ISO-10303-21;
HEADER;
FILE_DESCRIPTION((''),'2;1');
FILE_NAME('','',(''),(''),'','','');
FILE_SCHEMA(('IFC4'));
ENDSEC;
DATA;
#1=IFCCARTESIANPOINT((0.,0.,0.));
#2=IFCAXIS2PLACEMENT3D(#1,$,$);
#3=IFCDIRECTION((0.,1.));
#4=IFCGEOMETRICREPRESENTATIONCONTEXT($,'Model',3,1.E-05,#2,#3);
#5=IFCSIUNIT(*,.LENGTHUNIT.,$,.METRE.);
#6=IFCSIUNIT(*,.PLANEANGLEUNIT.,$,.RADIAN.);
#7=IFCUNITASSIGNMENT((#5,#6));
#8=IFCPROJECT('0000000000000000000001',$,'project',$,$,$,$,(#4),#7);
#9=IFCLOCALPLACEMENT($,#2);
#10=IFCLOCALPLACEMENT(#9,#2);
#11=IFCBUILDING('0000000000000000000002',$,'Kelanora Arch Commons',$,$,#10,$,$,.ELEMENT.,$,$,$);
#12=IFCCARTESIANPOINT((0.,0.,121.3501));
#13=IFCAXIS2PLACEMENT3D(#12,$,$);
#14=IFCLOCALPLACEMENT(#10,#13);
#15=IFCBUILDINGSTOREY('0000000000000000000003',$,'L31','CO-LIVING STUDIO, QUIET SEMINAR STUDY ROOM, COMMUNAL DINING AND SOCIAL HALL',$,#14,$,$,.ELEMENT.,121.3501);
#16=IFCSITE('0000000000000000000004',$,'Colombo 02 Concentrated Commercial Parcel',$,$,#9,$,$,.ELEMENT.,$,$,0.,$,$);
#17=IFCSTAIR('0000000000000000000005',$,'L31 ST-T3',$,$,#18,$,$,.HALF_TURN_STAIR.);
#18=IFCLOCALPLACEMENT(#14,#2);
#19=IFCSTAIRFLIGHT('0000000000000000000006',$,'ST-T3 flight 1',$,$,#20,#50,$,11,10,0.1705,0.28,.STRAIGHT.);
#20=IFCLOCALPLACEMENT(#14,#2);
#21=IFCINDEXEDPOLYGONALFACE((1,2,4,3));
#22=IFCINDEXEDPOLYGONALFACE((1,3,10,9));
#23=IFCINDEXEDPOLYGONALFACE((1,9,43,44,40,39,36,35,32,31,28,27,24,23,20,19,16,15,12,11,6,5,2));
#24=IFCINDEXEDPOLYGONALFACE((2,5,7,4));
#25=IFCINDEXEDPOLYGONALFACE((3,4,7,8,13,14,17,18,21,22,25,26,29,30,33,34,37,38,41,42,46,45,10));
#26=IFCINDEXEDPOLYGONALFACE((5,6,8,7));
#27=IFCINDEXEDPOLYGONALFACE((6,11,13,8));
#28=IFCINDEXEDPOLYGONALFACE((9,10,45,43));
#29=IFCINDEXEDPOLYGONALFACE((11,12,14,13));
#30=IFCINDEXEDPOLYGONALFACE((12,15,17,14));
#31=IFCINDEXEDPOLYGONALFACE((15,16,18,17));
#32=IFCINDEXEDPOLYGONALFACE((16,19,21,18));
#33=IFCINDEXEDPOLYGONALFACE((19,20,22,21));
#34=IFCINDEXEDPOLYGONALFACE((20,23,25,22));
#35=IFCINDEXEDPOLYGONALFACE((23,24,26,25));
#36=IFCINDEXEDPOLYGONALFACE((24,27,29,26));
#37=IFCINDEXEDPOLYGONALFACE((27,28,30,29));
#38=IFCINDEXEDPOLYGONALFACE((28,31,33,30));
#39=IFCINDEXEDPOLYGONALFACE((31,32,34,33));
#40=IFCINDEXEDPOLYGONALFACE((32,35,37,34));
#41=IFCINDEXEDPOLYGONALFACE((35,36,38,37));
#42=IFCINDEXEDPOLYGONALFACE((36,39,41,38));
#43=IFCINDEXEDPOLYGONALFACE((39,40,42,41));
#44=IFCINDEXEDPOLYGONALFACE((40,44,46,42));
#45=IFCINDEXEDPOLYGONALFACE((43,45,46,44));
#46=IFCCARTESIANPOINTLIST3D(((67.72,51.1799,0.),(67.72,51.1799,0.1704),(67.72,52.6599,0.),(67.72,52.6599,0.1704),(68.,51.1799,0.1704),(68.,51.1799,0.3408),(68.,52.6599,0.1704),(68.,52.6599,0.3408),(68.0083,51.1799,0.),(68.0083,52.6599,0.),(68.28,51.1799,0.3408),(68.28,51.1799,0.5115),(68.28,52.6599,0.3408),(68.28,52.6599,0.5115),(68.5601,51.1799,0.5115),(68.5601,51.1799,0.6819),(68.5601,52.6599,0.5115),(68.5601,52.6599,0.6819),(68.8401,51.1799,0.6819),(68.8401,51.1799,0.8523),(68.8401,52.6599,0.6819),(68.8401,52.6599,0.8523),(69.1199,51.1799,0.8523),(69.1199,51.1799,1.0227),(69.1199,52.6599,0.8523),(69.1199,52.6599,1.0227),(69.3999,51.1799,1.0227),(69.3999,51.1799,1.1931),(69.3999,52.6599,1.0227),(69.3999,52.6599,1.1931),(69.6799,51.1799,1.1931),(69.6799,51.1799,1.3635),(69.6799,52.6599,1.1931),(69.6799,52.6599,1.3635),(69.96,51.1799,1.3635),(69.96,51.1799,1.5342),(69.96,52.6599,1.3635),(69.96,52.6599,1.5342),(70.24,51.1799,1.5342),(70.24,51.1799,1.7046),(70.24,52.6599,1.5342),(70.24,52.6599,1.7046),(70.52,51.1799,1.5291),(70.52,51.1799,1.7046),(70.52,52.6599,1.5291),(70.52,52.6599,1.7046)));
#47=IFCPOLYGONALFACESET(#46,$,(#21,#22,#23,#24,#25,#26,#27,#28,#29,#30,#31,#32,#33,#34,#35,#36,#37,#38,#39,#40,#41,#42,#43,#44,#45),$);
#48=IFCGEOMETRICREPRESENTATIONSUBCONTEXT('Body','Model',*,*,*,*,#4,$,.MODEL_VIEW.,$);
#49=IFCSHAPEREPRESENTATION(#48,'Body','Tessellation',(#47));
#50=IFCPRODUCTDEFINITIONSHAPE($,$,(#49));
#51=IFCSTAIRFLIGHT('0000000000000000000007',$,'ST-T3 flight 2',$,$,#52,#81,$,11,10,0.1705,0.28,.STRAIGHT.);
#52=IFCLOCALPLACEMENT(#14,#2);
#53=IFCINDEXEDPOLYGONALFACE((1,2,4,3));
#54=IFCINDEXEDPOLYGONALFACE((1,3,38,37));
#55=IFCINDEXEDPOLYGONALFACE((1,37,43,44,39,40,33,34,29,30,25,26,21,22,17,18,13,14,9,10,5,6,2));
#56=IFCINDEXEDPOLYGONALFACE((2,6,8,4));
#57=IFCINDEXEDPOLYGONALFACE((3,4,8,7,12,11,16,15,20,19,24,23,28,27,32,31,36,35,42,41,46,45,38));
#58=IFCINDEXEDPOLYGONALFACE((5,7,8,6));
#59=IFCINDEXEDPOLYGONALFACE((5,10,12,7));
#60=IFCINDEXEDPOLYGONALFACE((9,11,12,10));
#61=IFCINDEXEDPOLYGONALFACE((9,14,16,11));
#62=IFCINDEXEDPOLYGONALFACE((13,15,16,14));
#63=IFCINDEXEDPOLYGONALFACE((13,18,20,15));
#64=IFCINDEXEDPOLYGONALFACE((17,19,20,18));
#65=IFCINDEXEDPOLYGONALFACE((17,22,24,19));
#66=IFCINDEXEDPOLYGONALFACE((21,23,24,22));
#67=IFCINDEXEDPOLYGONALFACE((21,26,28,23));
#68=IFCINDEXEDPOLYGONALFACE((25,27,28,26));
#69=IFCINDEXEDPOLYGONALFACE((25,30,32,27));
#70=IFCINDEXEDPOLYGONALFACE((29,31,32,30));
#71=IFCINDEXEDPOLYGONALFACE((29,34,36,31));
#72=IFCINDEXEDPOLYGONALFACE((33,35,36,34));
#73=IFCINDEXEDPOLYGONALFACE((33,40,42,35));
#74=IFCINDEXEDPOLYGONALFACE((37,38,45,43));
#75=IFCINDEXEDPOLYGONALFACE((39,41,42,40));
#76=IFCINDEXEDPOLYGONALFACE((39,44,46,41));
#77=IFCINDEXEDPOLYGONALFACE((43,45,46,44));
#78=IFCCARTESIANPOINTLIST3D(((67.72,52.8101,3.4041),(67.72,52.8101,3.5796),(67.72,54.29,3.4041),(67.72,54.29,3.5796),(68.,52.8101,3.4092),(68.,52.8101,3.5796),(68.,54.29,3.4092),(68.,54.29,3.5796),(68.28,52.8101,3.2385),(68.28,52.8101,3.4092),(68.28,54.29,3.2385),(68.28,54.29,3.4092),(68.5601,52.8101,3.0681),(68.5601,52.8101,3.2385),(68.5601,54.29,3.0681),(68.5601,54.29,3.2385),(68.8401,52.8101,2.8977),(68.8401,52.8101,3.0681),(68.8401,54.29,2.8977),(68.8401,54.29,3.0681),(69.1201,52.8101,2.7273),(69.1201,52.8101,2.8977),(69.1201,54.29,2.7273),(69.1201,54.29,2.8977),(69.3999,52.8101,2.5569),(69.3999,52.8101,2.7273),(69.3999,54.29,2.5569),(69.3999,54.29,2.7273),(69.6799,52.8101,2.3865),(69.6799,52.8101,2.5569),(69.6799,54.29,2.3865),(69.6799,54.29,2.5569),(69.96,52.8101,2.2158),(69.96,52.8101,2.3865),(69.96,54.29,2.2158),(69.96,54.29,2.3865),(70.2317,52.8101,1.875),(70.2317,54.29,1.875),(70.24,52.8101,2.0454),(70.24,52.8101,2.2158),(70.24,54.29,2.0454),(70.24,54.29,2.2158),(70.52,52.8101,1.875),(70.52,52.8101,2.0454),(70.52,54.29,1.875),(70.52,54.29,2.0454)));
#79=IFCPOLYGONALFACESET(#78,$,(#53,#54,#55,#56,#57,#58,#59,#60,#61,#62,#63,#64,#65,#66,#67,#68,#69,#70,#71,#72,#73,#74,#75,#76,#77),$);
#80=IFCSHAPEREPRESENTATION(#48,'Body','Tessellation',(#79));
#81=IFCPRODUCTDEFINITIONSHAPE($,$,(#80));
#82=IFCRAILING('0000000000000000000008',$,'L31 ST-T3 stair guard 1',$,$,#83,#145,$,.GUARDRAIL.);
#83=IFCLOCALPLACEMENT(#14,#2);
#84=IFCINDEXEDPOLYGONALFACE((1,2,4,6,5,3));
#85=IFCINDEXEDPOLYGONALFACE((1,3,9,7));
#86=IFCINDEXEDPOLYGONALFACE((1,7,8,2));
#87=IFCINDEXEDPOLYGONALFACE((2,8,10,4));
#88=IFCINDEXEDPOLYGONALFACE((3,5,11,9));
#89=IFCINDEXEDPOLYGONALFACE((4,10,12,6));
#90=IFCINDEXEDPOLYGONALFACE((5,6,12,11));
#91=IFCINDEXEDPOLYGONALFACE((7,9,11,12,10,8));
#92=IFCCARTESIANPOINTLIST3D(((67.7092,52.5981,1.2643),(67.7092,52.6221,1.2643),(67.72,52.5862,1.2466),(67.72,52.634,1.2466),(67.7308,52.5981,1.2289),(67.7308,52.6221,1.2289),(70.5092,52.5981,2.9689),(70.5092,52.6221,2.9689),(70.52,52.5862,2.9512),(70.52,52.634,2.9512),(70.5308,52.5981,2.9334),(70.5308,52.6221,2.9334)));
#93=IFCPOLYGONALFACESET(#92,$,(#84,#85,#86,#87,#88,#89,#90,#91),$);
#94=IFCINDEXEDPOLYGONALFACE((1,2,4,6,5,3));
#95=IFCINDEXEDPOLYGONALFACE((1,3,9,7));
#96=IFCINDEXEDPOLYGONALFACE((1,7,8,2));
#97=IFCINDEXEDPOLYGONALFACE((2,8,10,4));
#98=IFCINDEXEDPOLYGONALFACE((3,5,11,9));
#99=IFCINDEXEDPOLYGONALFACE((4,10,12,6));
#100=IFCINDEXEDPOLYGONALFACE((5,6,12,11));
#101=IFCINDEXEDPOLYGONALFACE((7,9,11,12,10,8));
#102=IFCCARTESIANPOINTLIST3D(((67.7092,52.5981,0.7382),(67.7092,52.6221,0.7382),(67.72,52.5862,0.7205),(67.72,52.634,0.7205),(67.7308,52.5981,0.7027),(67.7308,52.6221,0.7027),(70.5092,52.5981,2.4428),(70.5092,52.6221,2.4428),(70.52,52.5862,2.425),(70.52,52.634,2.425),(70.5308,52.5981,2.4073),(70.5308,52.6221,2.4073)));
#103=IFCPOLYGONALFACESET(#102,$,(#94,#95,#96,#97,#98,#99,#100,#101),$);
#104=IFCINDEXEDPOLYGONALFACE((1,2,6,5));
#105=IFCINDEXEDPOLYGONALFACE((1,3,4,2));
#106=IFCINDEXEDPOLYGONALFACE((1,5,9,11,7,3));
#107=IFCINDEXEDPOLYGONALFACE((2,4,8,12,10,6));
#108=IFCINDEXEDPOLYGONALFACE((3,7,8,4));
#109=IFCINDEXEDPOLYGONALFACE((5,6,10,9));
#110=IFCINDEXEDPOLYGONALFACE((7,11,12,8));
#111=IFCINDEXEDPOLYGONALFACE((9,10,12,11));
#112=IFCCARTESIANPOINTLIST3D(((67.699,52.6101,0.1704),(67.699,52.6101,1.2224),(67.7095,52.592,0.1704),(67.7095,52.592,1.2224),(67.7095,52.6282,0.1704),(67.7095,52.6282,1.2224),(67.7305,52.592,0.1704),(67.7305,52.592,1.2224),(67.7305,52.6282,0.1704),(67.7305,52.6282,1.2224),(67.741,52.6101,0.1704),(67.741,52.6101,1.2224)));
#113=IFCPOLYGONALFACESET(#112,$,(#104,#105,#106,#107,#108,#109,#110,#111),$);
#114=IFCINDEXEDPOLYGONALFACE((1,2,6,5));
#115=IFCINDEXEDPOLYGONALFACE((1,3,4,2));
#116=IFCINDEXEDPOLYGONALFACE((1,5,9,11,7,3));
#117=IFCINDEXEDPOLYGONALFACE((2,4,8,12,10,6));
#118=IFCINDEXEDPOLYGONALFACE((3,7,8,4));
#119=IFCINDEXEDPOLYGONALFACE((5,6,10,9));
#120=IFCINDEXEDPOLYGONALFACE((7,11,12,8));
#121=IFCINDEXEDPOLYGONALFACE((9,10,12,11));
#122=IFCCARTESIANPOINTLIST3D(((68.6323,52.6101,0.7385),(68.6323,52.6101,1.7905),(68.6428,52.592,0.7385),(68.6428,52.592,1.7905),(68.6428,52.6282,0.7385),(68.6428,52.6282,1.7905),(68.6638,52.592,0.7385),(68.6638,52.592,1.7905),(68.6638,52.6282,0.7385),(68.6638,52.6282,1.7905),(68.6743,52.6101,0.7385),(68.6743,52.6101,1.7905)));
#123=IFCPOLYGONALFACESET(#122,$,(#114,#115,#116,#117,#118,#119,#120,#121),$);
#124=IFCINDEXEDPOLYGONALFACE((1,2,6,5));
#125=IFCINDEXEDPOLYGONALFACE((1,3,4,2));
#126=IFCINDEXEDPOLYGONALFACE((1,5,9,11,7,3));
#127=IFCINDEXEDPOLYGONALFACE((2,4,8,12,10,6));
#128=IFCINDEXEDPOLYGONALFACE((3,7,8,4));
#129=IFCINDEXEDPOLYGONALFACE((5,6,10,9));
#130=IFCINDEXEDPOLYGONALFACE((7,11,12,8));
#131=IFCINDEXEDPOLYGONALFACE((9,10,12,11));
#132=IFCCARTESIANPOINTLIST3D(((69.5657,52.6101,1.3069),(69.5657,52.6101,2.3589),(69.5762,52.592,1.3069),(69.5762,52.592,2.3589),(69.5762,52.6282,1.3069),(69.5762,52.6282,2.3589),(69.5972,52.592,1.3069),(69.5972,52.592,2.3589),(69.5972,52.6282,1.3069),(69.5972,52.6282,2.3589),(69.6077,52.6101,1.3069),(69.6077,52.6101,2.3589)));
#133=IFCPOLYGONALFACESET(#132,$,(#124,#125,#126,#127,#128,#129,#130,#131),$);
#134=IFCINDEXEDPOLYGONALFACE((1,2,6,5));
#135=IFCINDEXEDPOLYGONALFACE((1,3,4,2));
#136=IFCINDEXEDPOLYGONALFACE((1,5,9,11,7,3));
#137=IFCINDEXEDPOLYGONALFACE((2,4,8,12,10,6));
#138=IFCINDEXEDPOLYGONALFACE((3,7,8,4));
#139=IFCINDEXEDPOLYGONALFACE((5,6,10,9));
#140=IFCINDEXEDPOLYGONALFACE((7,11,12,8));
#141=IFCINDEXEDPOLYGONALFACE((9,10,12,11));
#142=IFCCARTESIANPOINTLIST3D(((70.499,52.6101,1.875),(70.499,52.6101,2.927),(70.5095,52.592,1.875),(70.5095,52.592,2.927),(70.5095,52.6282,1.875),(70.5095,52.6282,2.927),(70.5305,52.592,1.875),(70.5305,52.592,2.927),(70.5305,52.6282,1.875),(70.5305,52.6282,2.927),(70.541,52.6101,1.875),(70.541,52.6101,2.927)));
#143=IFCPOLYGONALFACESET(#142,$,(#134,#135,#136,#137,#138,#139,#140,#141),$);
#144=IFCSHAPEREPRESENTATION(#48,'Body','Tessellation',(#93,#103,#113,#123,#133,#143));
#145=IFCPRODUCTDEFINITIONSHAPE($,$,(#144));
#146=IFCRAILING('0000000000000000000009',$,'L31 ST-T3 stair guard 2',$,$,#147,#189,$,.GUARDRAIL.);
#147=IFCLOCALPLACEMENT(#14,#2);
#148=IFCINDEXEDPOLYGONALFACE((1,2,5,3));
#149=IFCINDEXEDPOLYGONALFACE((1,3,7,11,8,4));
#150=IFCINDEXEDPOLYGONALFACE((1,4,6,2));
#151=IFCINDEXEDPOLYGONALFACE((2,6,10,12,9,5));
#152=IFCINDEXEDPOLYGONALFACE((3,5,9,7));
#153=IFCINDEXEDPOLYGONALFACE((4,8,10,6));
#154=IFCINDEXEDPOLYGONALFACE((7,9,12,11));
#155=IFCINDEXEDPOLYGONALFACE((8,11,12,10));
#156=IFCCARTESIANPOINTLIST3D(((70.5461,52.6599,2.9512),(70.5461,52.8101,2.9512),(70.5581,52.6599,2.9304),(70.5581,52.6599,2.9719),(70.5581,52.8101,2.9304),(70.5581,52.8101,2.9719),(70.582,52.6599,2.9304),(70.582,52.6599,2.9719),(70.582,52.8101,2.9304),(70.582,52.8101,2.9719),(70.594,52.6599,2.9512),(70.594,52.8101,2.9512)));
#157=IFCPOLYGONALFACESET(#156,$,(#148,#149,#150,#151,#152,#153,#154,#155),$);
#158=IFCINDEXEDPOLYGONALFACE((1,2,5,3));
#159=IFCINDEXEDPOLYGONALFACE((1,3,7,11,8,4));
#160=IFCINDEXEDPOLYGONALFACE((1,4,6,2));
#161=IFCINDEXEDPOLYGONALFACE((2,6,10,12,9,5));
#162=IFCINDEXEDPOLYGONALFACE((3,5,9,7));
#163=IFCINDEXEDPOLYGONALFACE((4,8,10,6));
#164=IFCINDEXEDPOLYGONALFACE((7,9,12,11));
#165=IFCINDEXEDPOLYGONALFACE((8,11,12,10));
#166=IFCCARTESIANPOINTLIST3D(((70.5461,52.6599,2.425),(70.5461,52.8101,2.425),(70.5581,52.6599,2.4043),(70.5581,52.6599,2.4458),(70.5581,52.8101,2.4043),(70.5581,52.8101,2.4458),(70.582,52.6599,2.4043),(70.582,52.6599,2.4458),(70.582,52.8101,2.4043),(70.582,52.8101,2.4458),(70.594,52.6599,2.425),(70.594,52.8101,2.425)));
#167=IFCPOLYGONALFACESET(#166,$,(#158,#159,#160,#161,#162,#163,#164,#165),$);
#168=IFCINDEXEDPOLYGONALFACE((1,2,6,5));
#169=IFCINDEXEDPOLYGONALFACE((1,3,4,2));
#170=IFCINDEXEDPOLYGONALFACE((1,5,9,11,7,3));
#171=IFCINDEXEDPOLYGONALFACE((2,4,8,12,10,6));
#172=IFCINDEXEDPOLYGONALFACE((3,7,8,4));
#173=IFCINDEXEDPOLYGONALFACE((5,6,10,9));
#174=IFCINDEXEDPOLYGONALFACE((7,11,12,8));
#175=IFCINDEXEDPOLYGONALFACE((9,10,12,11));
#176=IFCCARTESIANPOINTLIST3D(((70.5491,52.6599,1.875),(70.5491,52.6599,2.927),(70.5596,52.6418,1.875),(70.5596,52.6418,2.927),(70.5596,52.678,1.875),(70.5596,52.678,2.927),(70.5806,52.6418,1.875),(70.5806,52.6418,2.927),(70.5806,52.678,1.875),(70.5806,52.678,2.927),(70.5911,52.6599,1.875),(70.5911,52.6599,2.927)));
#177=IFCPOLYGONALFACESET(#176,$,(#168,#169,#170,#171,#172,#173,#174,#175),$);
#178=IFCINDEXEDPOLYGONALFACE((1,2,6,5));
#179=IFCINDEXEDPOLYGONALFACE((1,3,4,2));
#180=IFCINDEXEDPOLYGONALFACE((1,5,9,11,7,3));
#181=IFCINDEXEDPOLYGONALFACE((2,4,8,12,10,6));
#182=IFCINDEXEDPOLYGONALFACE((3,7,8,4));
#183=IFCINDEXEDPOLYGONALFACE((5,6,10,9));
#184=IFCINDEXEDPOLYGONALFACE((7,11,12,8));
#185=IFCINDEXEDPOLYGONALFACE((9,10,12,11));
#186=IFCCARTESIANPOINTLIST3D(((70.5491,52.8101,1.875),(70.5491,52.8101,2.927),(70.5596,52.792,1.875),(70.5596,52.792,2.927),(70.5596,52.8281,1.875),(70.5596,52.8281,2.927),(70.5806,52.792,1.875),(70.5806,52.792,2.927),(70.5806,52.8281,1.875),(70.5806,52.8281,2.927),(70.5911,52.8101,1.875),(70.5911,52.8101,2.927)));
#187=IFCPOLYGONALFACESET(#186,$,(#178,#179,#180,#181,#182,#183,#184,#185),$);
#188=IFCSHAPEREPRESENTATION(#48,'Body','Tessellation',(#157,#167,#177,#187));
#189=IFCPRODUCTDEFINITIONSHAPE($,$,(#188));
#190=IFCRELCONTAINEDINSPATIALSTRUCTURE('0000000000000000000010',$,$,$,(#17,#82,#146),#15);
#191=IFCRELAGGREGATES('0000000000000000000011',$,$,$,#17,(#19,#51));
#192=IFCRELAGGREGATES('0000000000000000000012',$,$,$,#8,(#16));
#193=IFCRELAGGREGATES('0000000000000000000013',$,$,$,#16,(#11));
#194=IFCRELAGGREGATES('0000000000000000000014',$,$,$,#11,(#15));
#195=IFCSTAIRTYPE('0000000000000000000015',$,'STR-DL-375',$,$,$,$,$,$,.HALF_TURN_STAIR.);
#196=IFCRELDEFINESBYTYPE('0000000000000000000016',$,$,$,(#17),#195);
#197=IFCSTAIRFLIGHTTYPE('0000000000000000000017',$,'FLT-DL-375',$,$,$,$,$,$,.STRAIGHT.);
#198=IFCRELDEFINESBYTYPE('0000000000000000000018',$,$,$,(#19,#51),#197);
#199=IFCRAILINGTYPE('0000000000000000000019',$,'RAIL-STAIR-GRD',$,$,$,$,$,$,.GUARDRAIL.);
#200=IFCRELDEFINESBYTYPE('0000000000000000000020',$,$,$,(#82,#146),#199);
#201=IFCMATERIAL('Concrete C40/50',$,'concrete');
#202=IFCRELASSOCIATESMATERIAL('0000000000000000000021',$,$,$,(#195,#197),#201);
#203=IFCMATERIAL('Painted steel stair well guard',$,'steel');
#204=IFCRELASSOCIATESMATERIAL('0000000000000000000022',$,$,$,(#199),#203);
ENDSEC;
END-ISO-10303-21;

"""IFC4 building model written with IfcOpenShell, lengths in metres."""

from ifc_helpers import new_model, si_unit, direction, frame, origin, place, context, subcontext, project, spatial, polyline, outline, extrude, material, type_object, element, aggregate, save


model = new_model("IFC4")

# Units and contexts
model_context = context("Model", 3, precision=1e-05, world=origin(), true_north=direction((0.0, 1.0)))
body_context = subcontext(model_context, "Body", "Model", "MODEL_VIEW")
ifc_project = project(units=[si_unit("LENGTHUNIT", "METRE"), si_unit("PLANEANGLEUNIT", "RADIAN")], contexts=[model_context])

# Site, building, storey
site_placement = place(None, origin())
site = spatial("IfcSite", under=ifc_project, at=site_placement, Name="Colombo 02 Concentrated Commercial Parcel", CompositionType="ELEMENT", RefElevation=0.0)
building_placement = place(site_placement, origin())
building = spatial("IfcBuilding", under=site, at=building_placement, Name="Kelanora Arch Commons", CompositionType="ELEMENT")
storey_placement = place(building_placement, frame((0.0, 0.0, 121.3501)))
storey = spatial("IfcBuildingStorey", under=building, at=storey_placement, Name="L31", Description="CO-LIVING STUDIO, QUIET SEMINAR STUDY ROOM, COMMUNAL DINING AND SOCIAL HALL", CompositionType="ELEMENT", Elevation=121.3501)

# Shared definitions
ifc_material_1 = material(Name="Concrete C40/50", Category="concrete")

# Stair, stair flights
stair_type = type_object("IfcStairType", Name="STR-DL-375", PredefinedType="HALF_TURN_STAIR", material=ifc_material_1)
stair_placement = place(storey_placement, origin())
stair = element("IfcStair", 1, at=stair_placement, inside=storey, type_object=stair_type, Name="L31 ST-T3", PredefinedType="HALF_TURN_STAIR")
stair_flight_type = type_object("IfcStairFlightType", Name="FLT-DL-375", PredefinedType="STRAIGHT", material=ifc_material_1)
stair_flight_1_placement = place(storey_placement, frame((67.72, 51.9199, 0.0), z_axis=(0.0, 0.0, 1.0), x_axis=(1.0, 0.0, 0.0)))
stair_flight_1 = element("IfcStairFlight", 2, at=stair_flight_1_placement, type_object=stair_flight_type, Name="ST-T3 flight 1", NumberOfRisers=11, NumberOfTreads=10, PredefinedType="STRAIGHT", RiserHeight=0.1705, TreadLength=0.28, context=body_context, shape_type="SweptSolid", body=[
    extrude(outline(polyline([(0.0, 0.0), (0.0, 0.1704), (0.28, 0.1704), (0.28, 0.3408), (0.5601, 0.3408), (0.5601, 0.5115), (0.8401, 0.5115), (0.8401, 0.6819), (1.1201, 0.6819), (1.1201, 0.8523), (1.3999, 0.8523), (1.3999, 1.0227), (1.6799, 1.0227), (1.6799, 1.1931), (1.96, 1.1931), (1.96, 1.3635), (2.24, 1.3635), (2.24, 1.5342), (2.52, 1.5342), (2.52, 1.7046), (2.8, 1.7046), (2.8, 1.875), (2.8, 1.5291), (0.2883, 0.0), (0.0, 0.0)])), frame((0.0, 0.74, 0.0), z_axis=(0.0, -1.0, 0.0), x_axis=(1.0, 0.0, 0.0)), (0.0, 0.0, 1.0), 1.48),
])
stair_flight_2_placement = place(storey_placement, frame((70.52, 53.55, 1.875), z_axis=(0.0, 0.0, 1.0), x_axis=(-1.0, 0.0, 0.0)))
stair_flight_2 = element("IfcStairFlight", 3, at=stair_flight_2_placement, type_object=stair_flight_type, Name="ST-T3 flight 2", NumberOfRisers=11, NumberOfTreads=10, PredefinedType="STRAIGHT", RiserHeight=0.1705, TreadLength=0.28, context=body_context, shape_type="SweptSolid", body=[
    extrude(outline(polyline([(0.0, 0.0), (0.0, 0.1704), (0.28, 0.1704), (0.28, 0.3408), (0.5601, 0.3408), (0.5601, 0.5115), (0.8401, 0.5115), (0.8401, 0.6819), (1.1201, 0.6819), (1.1201, 0.8523), (1.3999, 0.8523), (1.3999, 1.0227), (1.6799, 1.0227), (1.6799, 1.1931), (1.96, 1.1931), (1.96, 1.3635), (2.24, 1.3635), (2.24, 1.5342), (2.52, 1.5342), (2.52, 1.7046), (2.8, 1.7046), (2.8, 1.875), (2.8, 1.5291), (0.2883, 0.0), (0.0, 0.0)])), frame((0.0, 0.74, 0.0), z_axis=(0.0, -1.0, 0.0), x_axis=(1.0, 0.0, 0.0)), (0.0, 0.0, 1.0), 1.48),
])
aggregate(stair, [stair_flight_1, stair_flight_2])

# Railings
ifc_material_2 = material(Name="Painted steel stair well guard", Category="steel")
railing_type_1 = type_object("IfcRailingType", Name="RAIL-STAIR-GRD", PredefinedType="GUARDRAIL", material=ifc_material_2)
railing_1_placement = place(storey_placement, frame((67.72, 52.6101, 0.1704)))
element("IfcRailing", 4, at=railing_1_placement, inside=storey, type_object=railing_type_1, Name="L31 ST-T3 stair guard 1", PredefinedType="GUARDRAIL", context=body_context, shape_type="SweptSolid", body=[
    extrude(outline(polyline([(0.0239, 0.0), (0.012, 0.0208), (-0.012, 0.0208), (-0.0239, 0.0), (-0.012, -0.0208), (0.012, -0.0208), (0.0239, 0.0)])), frame((0.0, 0.0, 1.0762), z_axis=(0.85417, 0.0, 0.519994), x_axis=(0.0, 1.0, 0.0)), (0.0, 0.0, 1.0), 3.2781),
    extrude(outline(polyline([(0.0239, 0.0), (0.012, 0.0208), (-0.012, 0.0208), (-0.0239, 0.0), (-0.012, -0.0208), (0.012, -0.0208), (0.0239, 0.0)])), frame((0.0, 0.0, 0.55), z_axis=(0.85417, 0.0, 0.519994), x_axis=(0.0, 1.0, 0.0)), (0.0, 0.0, 1.0), 3.2781),
    extrude(outline(polyline([(0.021, 0.0), (0.0105, 0.0181), (-0.0105, 0.0181), (-0.021, 0.0), (-0.0105, -0.0181), (0.0105, -0.0181), (0.021, 0.0)])), origin(), (0.0, 0.0, 1.0), 1.052),
    extrude(outline(polyline([(0.021, 0.0), (0.0105, 0.0181), (-0.0105, 0.0181), (-0.021, 0.0), (-0.0105, -0.0181), (0.0105, -0.0181), (0.021, 0.0)])), frame((0.9333, 0.0, 0.5681)), (0.0, 0.0, 1.0), 1.052),
    extrude(outline(polyline([(0.021, 0.0), (0.0105, 0.0181), (-0.0105, 0.0181), (-0.021, 0.0), (-0.0105, -0.0181), (0.0105, -0.0181), (0.021, 0.0)])), frame((1.8667, 0.0, 1.1365)), (0.0, 0.0, 1.0), 1.052),
    extrude(outline(polyline([(0.021, 0.0), (0.0105, 0.0181), (-0.0105, 0.0181), (-0.021, 0.0), (-0.0105, -0.0181), (0.0105, -0.0181), (0.021, 0.0)])), frame((2.8, 0.0, 1.7046)), (0.0, 0.0, 1.0), 1.052),
])
railing_2_placement = place(storey_placement, frame((70.5701, 52.6599, 1.875)))
element("IfcRailing", 5, at=railing_2_placement, inside=storey, type_object=railing_type_1, Name="L31 ST-T3 stair guard 2", PredefinedType="GUARDRAIL", context=body_context, shape_type="SweptSolid", body=[
    extrude(outline(polyline([(0.0239, 0.0), (0.012, 0.0208), (-0.012, 0.0208), (-0.0239, 0.0), (-0.012, -0.0208), (0.012, -0.0208), (0.0239, 0.0)])), frame((0.0, 0.0, 1.0762), z_axis=(0.0, 1.0, 0.0), x_axis=(-1.0, 0.0, 0.0)), (0.0, 0.0, 1.0), 0.1501),
    extrude(outline(polyline([(0.0239, 0.0), (0.012, 0.0208), (-0.012, 0.0208), (-0.0239, 0.0), (-0.012, -0.0208), (0.012, -0.0208), (0.0239, 0.0)])), frame((0.0, 0.0, 0.55), z_axis=(0.0, 1.0, 0.0), x_axis=(-1.0, 0.0, 0.0)), (0.0, 0.0, 1.0), 0.1501),
    extrude(outline(polyline([(0.021, 0.0), (0.0105, 0.0181), (-0.0105, 0.0181), (-0.021, 0.0), (-0.0105, -0.0181), (0.0105, -0.0181), (0.021, 0.0)])), origin(), (0.0, 0.0, 1.0), 1.052),
    extrude(outline(polyline([(0.021, 0.0), (0.0105, 0.0181), (-0.0105, 0.0181), (-0.021, 0.0), (-0.0105, -0.0181), (0.0105, -0.0181), (0.021, 0.0)])), frame((0.0, 0.1501, 0.0)), (0.0, 0.0, 1.0), 1.052),
])

save(model, "model.ifc")
